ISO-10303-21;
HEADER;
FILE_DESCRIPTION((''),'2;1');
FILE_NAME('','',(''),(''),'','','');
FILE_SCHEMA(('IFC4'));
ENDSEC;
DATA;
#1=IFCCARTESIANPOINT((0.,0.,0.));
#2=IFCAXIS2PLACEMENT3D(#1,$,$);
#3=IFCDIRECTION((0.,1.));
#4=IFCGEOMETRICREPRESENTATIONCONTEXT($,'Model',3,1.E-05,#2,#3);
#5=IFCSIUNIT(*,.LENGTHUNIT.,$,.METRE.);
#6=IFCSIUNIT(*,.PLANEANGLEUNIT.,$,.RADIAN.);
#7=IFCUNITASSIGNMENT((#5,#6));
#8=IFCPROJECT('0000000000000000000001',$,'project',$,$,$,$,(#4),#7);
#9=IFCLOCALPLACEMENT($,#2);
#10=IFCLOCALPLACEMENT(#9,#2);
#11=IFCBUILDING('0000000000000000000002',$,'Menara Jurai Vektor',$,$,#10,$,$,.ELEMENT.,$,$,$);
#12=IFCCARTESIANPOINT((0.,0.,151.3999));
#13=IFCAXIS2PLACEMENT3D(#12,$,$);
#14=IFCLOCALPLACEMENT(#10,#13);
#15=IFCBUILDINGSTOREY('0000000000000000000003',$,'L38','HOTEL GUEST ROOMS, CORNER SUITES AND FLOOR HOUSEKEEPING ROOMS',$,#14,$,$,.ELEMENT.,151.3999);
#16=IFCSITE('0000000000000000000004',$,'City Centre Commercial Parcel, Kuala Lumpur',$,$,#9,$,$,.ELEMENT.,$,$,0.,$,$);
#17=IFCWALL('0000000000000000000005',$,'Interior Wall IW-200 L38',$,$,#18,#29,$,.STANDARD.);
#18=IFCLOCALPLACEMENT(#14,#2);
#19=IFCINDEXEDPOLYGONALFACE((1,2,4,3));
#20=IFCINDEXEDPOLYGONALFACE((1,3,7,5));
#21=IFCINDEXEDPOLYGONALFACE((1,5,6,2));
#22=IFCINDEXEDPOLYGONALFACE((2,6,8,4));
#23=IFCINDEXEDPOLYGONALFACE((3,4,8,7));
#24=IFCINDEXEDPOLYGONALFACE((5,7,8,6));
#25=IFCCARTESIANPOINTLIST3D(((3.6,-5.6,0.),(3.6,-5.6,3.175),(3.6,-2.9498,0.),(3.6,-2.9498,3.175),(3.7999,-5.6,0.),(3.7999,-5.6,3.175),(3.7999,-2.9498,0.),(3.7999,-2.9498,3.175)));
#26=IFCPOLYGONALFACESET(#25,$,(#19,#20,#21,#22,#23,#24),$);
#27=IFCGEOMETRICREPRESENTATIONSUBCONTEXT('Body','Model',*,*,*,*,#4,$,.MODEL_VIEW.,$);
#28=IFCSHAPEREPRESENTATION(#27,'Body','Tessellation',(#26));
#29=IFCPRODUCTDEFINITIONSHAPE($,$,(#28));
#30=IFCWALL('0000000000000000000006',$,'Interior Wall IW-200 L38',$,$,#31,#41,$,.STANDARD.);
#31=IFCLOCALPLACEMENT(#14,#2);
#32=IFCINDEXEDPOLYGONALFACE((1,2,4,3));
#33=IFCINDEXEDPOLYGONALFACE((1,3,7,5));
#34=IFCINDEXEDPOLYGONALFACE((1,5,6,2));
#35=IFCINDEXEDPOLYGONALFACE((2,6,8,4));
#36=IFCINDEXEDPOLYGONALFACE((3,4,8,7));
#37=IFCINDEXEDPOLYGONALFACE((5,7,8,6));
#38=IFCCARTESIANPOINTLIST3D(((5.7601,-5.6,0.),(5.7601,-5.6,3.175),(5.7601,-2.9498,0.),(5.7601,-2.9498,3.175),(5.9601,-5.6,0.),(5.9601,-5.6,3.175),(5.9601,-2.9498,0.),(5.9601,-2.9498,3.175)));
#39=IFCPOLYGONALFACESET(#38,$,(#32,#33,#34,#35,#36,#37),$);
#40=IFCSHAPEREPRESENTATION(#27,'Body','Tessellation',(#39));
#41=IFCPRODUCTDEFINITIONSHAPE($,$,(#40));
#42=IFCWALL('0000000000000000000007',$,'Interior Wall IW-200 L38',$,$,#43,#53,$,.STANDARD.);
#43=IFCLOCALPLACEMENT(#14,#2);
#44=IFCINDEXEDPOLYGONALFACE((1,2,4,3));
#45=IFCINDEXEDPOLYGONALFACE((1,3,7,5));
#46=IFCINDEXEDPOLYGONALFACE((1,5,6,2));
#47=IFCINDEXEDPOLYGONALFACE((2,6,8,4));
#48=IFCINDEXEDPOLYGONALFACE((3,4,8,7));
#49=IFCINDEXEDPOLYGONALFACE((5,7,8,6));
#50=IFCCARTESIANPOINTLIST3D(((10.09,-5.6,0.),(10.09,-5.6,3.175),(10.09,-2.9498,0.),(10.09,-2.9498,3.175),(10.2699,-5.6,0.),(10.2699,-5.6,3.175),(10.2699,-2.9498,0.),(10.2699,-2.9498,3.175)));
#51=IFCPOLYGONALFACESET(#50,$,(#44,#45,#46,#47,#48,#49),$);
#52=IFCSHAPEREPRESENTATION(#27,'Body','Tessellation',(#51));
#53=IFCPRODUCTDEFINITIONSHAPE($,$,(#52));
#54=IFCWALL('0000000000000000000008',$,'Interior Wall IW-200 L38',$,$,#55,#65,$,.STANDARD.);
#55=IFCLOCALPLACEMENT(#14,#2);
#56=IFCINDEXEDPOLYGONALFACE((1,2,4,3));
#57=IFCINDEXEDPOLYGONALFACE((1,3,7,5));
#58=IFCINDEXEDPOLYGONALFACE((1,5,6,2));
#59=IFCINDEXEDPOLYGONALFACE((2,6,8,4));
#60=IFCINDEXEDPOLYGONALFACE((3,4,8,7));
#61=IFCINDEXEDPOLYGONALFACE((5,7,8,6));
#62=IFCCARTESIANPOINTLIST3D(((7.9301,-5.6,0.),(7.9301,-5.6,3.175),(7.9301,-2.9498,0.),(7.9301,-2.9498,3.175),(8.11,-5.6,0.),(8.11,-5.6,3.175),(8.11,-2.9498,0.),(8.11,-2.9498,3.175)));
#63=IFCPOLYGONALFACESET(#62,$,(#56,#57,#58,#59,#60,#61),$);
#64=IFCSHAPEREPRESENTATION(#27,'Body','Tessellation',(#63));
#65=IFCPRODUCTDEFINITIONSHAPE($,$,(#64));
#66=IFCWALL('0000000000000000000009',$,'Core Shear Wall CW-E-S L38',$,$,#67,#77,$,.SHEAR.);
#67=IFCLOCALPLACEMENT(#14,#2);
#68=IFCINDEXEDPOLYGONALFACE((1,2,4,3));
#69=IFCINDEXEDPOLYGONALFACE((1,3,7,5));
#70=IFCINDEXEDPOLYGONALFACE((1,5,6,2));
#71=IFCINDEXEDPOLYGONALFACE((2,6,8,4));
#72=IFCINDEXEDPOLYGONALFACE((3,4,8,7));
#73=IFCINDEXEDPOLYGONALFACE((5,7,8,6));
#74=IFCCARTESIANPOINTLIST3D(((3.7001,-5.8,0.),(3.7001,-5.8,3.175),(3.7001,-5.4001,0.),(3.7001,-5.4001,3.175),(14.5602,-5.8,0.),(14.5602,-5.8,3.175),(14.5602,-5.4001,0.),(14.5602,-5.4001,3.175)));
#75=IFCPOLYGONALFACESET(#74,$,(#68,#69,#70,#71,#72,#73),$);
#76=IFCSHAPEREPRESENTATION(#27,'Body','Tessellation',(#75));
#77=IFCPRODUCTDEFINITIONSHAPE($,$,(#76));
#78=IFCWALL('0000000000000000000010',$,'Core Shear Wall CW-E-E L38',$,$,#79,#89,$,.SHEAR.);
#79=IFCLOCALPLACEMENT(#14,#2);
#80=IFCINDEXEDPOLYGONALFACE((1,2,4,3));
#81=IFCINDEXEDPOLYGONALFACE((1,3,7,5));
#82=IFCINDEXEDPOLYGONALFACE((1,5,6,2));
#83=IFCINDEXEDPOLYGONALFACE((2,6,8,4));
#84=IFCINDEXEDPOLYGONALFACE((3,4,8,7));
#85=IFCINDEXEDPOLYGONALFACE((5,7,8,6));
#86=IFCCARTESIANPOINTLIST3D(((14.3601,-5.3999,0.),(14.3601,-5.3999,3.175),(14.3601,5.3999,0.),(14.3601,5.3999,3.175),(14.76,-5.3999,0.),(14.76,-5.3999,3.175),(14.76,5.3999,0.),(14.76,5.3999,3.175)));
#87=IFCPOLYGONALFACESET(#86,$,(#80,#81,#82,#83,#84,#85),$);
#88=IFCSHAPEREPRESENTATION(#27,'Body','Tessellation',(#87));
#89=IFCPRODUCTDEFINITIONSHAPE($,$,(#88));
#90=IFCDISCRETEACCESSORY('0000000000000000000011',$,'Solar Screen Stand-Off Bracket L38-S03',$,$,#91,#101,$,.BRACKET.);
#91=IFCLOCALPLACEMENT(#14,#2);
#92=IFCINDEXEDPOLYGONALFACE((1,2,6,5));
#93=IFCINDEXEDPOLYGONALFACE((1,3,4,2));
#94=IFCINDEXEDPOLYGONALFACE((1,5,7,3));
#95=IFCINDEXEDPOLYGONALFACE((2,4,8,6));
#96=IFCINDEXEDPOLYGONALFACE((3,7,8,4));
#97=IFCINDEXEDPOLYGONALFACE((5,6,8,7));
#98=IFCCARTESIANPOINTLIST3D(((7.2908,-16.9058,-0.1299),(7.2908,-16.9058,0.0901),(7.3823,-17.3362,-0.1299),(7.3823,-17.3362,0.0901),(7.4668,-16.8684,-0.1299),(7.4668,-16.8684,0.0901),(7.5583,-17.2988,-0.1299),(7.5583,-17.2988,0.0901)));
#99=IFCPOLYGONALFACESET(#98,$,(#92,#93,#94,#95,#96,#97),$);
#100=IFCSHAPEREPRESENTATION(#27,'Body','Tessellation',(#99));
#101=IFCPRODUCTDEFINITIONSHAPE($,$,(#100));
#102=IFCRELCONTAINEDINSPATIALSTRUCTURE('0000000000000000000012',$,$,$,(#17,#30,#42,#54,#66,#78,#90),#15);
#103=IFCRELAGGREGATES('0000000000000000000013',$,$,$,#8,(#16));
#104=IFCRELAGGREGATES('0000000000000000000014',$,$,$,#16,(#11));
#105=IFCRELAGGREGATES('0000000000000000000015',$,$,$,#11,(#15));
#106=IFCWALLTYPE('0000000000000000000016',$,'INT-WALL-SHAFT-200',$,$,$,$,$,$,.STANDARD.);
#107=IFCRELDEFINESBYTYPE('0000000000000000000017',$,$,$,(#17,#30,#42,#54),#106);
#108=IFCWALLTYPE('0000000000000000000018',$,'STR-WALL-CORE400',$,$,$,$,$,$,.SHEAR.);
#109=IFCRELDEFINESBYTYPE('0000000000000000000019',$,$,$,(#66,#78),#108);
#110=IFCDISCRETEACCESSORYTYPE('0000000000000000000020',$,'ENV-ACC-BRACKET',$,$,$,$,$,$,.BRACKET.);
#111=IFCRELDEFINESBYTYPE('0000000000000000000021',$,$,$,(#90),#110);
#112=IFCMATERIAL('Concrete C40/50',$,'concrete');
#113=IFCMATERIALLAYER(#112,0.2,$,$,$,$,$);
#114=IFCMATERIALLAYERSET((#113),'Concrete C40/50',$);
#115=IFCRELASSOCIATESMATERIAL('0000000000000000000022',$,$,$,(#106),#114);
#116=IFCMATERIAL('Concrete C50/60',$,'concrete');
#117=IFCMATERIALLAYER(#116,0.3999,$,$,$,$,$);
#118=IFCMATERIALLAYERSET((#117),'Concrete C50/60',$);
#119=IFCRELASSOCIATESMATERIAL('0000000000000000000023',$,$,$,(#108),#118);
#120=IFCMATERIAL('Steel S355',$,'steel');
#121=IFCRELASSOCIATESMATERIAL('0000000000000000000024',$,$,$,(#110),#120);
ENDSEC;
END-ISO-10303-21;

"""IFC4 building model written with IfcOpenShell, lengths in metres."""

from ifc_helpers import new_model, si_unit, direction, frame, frame_2d, origin, origin_2d, place, context, subcontext, project, spatial, rectangle, extrude, material, layer, layer_set, type_object, element, save


model = new_model("IFC4")

# Units and contexts
model_context = context("Model", 3, precision=1e-05, world=origin(), true_north=direction((0.0, 1.0)))
body_context = subcontext(model_context, "Body", "Model", "MODEL_VIEW")
ifc_project = project(units=[si_unit("LENGTHUNIT", "METRE"), si_unit("PLANEANGLEUNIT", "RADIAN")], contexts=[model_context])

# Site, building, storey
site_placement = place(None, origin())
site = spatial("IfcSite", under=ifc_project, at=site_placement, Name="City Centre Commercial Parcel, Kuala Lumpur", CompositionType="ELEMENT", RefElevation=0.0)
building_placement = place(site_placement, origin())
building = spatial("IfcBuilding", under=site, at=building_placement, Name="Menara Jurai Vektor", CompositionType="ELEMENT")
storey_placement = place(building_placement, frame((0.0, 0.0, 151.3999)))
storey = spatial("IfcBuildingStorey", under=building, at=storey_placement, Name="L38", Description="HOTEL GUEST ROOMS, CORNER SUITES AND FLOOR HOUSEKEEPING ROOMS", CompositionType="ELEMENT", Elevation=151.3999)

# Shared definitions
ifc_material_1 = material(Name="Concrete C50/60", Category="concrete")

# Shared definitions
ifc_material_2 = material(Name="Steel S355", Category="steel")

# Walls
ifc_material_3 = material(Name="Concrete C40/50", Category="concrete")
ifc_layer_1 = layer(ifc_material_3, 0.2)
ifc_layer_set_1 = layer_set([ifc_layer_1], Name="Concrete C40/50")
wall_type_1 = type_object("IfcWallType", Name="INT-WALL-SHAFT-200", PredefinedType="STANDARD", material=ifc_layer_set_1)
for number, where, z_axis, x_axis, name in (
    (1, (3.7, -5.6001, 0.0), (0.0, 0.0, 1.0), (0.0, 1.0, 0.0), "Interior Wall IW-200 L38"),
    (2, (5.8601, -5.6001, 0.0), (0.0, 0.0, 1.0), (0.0, 1.0, 0.0), "Interior Wall IW-200 L38"),
):
    element("IfcWall", number, at=place(storey_placement, frame(where, z_axis=z_axis, x_axis=x_axis)), inside=storey, type_object=wall_type_1, Name=name, PredefinedType="STANDARD", context=body_context, shape_type="SweptSolid", body=[
        extrude(rectangle(XDim=2.6501, YDim=0.2, at=frame_2d((1.3252, 0.0))), origin(), (0.0, 0.0, 1.0), 3.175),
    ])
for number, where, z_axis, x_axis, name in (
    (3, (10.1799, -5.6001, 0.0), (0.0, 0.0, 1.0), (0.0, 1.0, 0.0), "Interior Wall IW-200 L38"),
    (4, (8.02, -5.6001, 0.0), (0.0, 0.0, 1.0), (0.0, 1.0, 0.0), "Interior Wall IW-200 L38"),
):
    element("IfcWall", number, at=place(storey_placement, frame(where, z_axis=z_axis, x_axis=x_axis)), inside=storey, type_object=wall_type_1, Name=name, PredefinedType="STANDARD", context=body_context, shape_type="SweptSolid", body=[
        extrude(rectangle(XDim=2.6501, YDim=0.1799, at=frame_2d((1.3252, 0.0))), origin(), (0.0, 0.0, 1.0), 3.175),
    ])
ifc_layer_2 = layer(ifc_material_1, 0.3999)
ifc_layer_set_2 = layer_set([ifc_layer_2], Name="Concrete C50/60")
wall_type_2 = type_object("IfcWallType", Name="STR-WALL-CORE400", PredefinedType="SHEAR", material=ifc_layer_set_2)
wall_1_placement = place(storey_placement, frame((3.7, -5.6001, 0.0), z_axis=(0.0, 0.0, 1.0), x_axis=(1.0, 0.0, 0.0)))
element("IfcWall", 5, at=wall_1_placement, inside=storey, type_object=wall_type_2, Name="Core Shear Wall CW-E-S L38", PredefinedType="SHEAR", context=body_context, shape_type="SweptSolid", body=[
    extrude(rectangle(XDim=10.8601, YDim=0.3999, at=frame_2d((5.4302, 0.0))), origin(), (0.0, 0.0, 1.0), 3.175),
])
wall_2_placement = place(storey_placement, frame((14.5601, -5.3999, 0.0), z_axis=(0.0, 0.0, 1.0), x_axis=(0.0, 1.0, 0.0)))
element("IfcWall", 6, at=wall_2_placement, inside=storey, type_object=wall_type_2, Name="Core Shear Wall CW-E-E L38", PredefinedType="SHEAR", context=body_context, shape_type="SweptSolid", body=[
    extrude(rectangle(XDim=10.7998, YDim=0.3999, at=frame_2d((5.3999, 0.0))), origin(), (0.0, 0.0, 1.0), 3.175),
])

# Discrete accessory
discrete_accessory_type = type_object("IfcDiscreteAccessoryType", Name="ENV-ACC-BRACKET", PredefinedType="BRACKET", material=ifc_material_2)
discrete_accessory_placement = place(storey_placement, frame((7.4246, -17.1023, -0.1299), z_axis=(0.0, 0.0, 1.0), x_axis=(0.978148, 0.207912, 0.0)))
element("IfcDiscreteAccessory", 7, at=discrete_accessory_placement, inside=storey, type_object=discrete_accessory_type, Name="Solar Screen Stand-Off Bracket L38-S03", PredefinedType="BRACKET", context=body_context, shape_type="SweptSolid", body=[
    extrude(rectangle(XDim=0.1799, YDim=0.4399, at=origin_2d()), origin(), (0.0, 0.0, 1.0), 0.22),
])

save(model, "model.ifc")
